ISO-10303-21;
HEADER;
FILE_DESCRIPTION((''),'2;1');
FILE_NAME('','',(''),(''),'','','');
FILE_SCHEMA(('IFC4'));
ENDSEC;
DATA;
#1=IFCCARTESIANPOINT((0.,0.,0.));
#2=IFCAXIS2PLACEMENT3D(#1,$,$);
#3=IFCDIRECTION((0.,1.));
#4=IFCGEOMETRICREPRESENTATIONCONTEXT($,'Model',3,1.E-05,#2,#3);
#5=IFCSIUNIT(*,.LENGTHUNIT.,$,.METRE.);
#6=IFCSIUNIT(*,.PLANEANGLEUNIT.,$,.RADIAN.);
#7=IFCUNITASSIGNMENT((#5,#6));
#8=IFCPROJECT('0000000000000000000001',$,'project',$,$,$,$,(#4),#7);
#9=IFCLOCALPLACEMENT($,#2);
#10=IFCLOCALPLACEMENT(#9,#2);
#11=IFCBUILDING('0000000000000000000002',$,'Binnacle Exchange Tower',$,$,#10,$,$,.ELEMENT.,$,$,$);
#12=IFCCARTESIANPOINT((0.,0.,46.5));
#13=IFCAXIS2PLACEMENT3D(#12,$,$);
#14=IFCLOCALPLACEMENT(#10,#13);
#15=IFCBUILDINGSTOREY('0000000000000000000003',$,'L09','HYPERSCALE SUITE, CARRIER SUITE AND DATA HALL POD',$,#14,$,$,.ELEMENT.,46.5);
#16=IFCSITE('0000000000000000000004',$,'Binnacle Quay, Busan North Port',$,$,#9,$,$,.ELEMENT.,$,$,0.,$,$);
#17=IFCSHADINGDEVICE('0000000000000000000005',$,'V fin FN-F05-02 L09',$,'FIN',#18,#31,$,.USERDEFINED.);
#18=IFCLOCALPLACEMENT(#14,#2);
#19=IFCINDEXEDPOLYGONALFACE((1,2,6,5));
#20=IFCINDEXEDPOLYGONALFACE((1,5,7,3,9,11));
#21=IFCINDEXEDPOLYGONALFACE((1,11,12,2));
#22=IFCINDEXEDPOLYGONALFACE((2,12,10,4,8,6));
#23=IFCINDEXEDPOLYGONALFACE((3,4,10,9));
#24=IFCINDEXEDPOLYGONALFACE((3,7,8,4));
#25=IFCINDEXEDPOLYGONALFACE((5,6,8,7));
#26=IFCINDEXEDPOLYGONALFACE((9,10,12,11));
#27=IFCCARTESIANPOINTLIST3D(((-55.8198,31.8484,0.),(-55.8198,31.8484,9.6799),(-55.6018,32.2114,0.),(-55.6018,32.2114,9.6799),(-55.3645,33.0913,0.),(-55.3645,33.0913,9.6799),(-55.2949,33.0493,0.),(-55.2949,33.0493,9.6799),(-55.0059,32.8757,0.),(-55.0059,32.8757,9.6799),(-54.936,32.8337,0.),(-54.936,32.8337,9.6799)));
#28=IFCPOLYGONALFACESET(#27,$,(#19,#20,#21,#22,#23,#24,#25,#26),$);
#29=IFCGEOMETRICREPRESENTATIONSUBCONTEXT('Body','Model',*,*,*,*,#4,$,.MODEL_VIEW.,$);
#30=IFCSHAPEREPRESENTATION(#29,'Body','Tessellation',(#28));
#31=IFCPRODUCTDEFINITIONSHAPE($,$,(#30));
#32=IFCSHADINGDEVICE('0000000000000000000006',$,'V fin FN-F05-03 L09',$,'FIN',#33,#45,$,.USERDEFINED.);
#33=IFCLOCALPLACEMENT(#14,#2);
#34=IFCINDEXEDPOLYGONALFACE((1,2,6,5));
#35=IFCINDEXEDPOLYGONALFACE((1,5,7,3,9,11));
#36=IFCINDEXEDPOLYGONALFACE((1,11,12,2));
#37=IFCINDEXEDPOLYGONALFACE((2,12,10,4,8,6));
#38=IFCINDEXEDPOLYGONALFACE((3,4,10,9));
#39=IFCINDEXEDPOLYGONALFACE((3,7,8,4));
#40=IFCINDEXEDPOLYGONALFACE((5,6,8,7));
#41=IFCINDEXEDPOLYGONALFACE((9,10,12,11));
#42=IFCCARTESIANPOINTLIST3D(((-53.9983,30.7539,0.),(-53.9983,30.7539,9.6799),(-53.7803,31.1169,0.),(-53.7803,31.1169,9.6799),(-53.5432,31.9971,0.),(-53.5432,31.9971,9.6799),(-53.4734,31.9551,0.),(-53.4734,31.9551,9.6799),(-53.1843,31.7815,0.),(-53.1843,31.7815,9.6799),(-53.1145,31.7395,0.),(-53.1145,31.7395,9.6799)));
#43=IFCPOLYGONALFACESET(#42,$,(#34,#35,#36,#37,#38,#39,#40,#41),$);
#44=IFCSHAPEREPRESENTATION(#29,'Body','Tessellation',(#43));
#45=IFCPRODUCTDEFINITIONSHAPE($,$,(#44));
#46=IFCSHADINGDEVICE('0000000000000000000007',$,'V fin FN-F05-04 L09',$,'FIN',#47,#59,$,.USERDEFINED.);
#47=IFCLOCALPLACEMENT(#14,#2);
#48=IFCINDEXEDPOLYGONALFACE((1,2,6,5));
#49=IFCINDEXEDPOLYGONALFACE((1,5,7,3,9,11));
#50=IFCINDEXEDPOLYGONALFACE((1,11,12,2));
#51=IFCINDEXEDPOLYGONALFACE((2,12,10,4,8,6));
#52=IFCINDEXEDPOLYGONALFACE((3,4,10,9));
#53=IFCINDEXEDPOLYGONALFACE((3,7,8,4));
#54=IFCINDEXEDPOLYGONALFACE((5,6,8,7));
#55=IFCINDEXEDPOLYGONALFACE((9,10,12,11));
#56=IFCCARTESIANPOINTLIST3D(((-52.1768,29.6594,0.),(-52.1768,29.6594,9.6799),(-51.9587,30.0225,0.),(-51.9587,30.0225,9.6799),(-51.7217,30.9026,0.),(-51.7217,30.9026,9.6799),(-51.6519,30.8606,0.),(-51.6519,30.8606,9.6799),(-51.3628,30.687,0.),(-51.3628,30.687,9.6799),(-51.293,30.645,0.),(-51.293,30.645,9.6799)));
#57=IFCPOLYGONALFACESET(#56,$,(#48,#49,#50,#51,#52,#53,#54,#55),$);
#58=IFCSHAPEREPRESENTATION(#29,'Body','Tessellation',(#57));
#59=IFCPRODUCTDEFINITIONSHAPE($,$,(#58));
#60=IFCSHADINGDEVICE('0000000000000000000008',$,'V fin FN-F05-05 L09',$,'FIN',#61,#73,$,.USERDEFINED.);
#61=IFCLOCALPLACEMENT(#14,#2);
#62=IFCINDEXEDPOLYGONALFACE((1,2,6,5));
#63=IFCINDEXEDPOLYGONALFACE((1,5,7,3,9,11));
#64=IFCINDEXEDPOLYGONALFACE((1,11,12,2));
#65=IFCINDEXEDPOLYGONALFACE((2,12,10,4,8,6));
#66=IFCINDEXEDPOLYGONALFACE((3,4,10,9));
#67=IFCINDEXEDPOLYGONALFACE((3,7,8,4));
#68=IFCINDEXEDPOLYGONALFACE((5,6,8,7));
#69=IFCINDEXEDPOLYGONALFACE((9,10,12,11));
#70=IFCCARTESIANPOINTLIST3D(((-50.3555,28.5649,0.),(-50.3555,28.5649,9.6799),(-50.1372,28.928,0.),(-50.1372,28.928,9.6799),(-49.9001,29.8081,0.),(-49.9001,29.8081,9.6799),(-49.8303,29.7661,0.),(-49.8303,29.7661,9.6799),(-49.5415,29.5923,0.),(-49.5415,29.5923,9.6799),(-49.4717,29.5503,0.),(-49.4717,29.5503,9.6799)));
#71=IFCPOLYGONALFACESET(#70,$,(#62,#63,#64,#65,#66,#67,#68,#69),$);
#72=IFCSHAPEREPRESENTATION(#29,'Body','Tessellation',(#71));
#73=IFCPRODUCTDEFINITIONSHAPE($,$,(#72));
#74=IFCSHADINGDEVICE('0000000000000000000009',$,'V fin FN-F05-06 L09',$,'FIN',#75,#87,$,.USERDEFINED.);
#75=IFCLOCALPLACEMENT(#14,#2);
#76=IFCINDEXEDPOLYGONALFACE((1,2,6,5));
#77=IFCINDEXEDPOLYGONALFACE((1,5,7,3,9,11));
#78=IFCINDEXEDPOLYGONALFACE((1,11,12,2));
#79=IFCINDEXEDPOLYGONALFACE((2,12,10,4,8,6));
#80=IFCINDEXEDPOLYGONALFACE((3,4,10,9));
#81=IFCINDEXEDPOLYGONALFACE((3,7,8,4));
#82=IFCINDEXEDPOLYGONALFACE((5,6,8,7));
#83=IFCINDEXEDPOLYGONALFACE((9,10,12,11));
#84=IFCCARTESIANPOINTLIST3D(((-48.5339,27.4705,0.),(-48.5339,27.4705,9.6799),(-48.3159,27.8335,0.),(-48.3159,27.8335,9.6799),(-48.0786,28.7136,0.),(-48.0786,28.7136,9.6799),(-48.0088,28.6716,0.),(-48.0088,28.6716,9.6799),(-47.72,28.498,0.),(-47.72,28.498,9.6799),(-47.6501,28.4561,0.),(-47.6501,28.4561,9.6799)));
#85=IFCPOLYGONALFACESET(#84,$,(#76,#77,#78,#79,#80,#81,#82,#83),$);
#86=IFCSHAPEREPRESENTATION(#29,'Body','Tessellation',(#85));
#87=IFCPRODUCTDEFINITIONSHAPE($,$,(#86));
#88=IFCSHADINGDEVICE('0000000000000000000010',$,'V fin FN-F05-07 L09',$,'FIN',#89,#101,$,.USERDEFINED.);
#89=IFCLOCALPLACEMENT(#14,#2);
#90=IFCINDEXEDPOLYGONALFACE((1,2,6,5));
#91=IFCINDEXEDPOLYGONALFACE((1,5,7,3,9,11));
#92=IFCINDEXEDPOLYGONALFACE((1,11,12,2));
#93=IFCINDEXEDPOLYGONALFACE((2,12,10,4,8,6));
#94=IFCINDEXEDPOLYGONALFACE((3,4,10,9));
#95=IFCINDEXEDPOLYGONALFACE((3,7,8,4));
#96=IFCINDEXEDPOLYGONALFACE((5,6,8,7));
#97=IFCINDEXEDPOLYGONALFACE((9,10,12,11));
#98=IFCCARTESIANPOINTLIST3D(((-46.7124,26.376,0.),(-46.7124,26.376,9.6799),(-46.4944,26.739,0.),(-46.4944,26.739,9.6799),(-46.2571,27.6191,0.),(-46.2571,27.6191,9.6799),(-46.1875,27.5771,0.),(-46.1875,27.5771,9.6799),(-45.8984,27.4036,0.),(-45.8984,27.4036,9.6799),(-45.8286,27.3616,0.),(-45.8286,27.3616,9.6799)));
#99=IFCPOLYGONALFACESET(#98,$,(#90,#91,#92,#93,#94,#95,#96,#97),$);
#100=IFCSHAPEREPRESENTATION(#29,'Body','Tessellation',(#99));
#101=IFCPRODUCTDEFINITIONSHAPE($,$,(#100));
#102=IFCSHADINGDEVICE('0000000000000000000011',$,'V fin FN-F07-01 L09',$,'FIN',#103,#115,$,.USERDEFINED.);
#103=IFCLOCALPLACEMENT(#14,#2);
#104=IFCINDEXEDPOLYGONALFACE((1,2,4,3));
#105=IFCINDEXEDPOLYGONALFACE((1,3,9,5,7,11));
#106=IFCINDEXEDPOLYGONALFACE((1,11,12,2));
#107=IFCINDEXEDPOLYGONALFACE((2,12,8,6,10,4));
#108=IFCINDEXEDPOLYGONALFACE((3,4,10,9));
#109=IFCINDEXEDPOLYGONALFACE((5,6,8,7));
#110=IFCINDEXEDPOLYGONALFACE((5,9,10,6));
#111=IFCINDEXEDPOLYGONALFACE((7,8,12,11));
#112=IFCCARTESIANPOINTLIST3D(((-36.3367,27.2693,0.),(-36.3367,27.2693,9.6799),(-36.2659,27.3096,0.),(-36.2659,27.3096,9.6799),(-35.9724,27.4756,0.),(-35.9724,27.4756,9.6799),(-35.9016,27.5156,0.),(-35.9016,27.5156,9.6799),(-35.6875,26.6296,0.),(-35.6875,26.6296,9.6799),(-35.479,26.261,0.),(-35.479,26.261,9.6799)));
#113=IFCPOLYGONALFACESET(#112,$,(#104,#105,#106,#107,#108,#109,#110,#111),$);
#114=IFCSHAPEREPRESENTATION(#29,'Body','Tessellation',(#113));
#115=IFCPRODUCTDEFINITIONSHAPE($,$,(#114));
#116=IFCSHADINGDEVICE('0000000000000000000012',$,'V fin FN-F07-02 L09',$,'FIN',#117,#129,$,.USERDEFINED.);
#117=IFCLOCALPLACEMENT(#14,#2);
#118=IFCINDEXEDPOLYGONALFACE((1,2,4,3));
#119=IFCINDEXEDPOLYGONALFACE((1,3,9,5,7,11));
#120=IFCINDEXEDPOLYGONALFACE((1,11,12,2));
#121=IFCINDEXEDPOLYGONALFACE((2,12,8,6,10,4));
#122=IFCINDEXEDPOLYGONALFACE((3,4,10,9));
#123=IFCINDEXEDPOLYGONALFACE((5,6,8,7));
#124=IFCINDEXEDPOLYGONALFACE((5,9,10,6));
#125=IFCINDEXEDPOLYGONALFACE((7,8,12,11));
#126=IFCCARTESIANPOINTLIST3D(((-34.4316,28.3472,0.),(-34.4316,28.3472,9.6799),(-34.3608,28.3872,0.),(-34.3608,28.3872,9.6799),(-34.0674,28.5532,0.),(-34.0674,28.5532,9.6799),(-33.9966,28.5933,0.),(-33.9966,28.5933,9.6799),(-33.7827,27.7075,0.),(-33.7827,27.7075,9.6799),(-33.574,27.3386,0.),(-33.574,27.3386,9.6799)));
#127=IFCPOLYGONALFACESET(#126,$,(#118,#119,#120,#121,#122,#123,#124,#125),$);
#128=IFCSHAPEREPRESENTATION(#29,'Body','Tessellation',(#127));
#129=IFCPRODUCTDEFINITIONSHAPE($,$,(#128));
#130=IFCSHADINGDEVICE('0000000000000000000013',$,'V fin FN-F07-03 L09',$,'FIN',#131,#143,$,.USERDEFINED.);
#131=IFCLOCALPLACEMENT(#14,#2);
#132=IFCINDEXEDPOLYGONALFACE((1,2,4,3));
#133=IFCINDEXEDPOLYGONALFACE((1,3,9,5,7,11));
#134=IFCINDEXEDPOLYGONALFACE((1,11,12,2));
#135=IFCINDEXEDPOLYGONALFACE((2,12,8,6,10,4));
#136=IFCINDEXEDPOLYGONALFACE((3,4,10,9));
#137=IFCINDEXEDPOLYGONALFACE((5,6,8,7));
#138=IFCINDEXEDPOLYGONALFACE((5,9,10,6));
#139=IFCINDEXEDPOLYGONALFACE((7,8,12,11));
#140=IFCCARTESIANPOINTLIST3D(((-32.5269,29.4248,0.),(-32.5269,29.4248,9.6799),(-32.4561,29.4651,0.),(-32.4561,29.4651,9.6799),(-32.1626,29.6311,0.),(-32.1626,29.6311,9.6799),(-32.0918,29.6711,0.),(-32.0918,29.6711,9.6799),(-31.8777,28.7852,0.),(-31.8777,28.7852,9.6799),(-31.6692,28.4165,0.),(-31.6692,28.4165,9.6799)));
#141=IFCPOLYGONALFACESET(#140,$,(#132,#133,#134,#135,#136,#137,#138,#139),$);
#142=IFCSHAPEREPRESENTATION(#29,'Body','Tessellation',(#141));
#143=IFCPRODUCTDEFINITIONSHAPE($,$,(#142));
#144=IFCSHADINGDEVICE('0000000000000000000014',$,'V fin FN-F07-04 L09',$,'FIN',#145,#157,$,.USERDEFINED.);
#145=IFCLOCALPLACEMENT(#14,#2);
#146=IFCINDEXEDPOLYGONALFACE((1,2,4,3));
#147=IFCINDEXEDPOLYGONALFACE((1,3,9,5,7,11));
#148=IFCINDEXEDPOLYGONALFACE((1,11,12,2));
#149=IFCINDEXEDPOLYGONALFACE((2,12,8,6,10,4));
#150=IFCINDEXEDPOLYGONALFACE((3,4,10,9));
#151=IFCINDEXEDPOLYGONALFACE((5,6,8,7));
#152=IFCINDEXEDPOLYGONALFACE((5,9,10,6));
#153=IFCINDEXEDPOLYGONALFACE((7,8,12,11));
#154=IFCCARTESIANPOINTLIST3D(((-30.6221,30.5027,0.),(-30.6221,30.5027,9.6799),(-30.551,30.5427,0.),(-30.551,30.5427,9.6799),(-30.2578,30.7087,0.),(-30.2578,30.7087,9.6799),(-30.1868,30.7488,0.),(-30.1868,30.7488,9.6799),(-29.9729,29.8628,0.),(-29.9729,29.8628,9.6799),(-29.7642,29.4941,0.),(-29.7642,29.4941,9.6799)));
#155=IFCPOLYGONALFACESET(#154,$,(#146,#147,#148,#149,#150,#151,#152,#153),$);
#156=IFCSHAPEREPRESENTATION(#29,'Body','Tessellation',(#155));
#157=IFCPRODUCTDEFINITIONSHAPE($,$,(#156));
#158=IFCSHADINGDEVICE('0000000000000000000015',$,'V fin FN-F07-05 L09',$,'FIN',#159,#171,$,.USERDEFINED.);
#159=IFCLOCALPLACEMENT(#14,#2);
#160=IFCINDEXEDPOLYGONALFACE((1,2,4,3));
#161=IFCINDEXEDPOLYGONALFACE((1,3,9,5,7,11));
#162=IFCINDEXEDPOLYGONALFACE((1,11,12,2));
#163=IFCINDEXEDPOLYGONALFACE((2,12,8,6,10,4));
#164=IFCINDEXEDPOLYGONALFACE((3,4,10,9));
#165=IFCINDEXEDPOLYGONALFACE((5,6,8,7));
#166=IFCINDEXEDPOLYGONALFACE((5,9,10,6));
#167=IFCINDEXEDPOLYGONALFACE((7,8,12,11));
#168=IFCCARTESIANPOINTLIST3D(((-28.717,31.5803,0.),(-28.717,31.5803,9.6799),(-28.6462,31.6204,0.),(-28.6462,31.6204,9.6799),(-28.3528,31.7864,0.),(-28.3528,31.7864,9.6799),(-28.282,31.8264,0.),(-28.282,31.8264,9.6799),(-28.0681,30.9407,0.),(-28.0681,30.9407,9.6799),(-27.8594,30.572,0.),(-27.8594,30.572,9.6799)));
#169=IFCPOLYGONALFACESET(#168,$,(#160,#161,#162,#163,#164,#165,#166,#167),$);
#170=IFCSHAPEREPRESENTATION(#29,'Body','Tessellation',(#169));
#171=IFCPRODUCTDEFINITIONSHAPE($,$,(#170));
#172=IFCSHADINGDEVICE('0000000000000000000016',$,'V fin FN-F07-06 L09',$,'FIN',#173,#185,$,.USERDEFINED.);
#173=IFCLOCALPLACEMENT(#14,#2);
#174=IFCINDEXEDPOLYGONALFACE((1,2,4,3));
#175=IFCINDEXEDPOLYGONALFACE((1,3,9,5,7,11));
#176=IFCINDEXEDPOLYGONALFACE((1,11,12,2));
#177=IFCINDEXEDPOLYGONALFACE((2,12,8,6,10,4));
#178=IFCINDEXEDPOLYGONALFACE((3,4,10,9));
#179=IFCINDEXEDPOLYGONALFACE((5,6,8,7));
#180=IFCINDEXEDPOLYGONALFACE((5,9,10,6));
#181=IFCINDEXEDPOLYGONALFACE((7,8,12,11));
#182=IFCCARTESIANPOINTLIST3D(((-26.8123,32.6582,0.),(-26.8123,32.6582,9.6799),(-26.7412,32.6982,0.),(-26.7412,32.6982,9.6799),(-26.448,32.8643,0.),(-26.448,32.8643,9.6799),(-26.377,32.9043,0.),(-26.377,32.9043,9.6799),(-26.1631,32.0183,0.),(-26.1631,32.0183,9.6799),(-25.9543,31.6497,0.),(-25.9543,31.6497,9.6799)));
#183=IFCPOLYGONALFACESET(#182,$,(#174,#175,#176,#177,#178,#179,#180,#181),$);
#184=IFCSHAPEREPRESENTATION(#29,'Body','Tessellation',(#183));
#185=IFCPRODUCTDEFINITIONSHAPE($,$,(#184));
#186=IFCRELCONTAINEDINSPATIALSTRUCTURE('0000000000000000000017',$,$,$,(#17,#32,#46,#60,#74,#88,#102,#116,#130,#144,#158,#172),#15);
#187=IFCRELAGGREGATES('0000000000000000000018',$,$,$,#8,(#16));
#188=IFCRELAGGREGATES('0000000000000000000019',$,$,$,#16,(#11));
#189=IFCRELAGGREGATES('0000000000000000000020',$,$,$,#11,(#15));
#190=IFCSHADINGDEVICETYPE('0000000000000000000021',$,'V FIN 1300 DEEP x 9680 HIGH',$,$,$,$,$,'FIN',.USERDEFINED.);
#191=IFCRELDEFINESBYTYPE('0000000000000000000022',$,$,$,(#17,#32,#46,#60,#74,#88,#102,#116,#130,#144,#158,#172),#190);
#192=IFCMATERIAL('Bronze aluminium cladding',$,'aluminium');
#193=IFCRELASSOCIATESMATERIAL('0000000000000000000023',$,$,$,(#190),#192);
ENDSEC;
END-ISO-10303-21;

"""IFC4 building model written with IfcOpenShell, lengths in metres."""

from ifc_helpers import new_model, si_unit, direction, frame, origin, place, context, subcontext, project, spatial, polyline, outline, extrude, material, type_object, element, save


model = new_model("IFC4")

# Units and contexts
model_context = context("Model", 3, precision=1e-05, world=origin(), true_north=direction((0.0, 1.0)))
body_context = subcontext(model_context, "Body", "Model", "MODEL_VIEW")
ifc_project = project(units=[si_unit("LENGTHUNIT", "METRE"), si_unit("PLANEANGLEUNIT", "RADIAN")], contexts=[model_context])

# Site, building, storey
site_placement = place(None, origin())
site = spatial("IfcSite", under=ifc_project, at=site_placement, Name="Binnacle Quay, Busan North Port", CompositionType="ELEMENT", RefElevation=0.0)
building_placement = place(site_placement, origin())
building = spatial("IfcBuilding", under=site, at=building_placement, Name="Binnacle Exchange Tower", CompositionType="ELEMENT")
storey_placement = place(building_placement, frame((0.0, 0.0, 46.5)))
storey = spatial("IfcBuildingStorey", under=building, at=storey_placement, Name="L09", Description="HYPERSCALE SUITE, CARRIER SUITE AND DATA HALL POD", CompositionType="ELEMENT", Elevation=46.5)

# Shading devices
ifc_material = material(Name="Bronze aluminium cladding", Category="aluminium")
shading_device_type = type_object("IfcShadingDeviceType", Name="V FIN 1300 DEEP x 9680 HIGH", ElementType="FIN", PredefinedType="USERDEFINED", material=ifc_material)
shading_device_1_placement = place(storey_placement, origin())
element("IfcShadingDevice", 1, at=shading_device_1_placement, inside=storey, type_object=shading_device_type, Name="V fin FN-F05-02 L09", ObjectType="FIN", PredefinedType="USERDEFINED", context=body_context, shape_type="SweptSolid", body=[
    extrude(outline(polyline([(-55.3645, 33.0913), (-55.8198, 31.8484), (-54.936, 32.8337), (-55.0059, 32.8757), (-55.6018, 32.2114), (-55.2949, 33.0493), (-55.3645, 33.0913)])), origin(), (0.0, 0.0, 1.0), 9.6799),
])
shading_device_2_placement = place(storey_placement, origin())
element("IfcShadingDevice", 2, at=shading_device_2_placement, inside=storey, type_object=shading_device_type, Name="V fin FN-F05-03 L09", ObjectType="FIN", PredefinedType="USERDEFINED", context=body_context, shape_type="SweptSolid", body=[
    extrude(outline(polyline([(-53.5432, 31.9971), (-53.9983, 30.7539), (-53.1145, 31.7395), (-53.1843, 31.7815), (-53.7803, 31.1169), (-53.4734, 31.9551), (-53.5432, 31.9971)])), origin(), (0.0, 0.0, 1.0), 9.6799),
])
shading_device_3_placement = place(storey_placement, origin())
element("IfcShadingDevice", 3, at=shading_device_3_placement, inside=storey, type_object=shading_device_type, Name="V fin FN-F05-04 L09", ObjectType="FIN", PredefinedType="USERDEFINED", context=body_context, shape_type="SweptSolid", body=[
    extrude(outline(polyline([(-51.7217, 30.9026), (-52.1768, 29.6594), (-51.293, 30.645), (-51.3628, 30.687), (-51.9587, 30.0225), (-51.6519, 30.8606), (-51.7217, 30.9026)])), origin(), (0.0, 0.0, 1.0), 9.6799),
])
shading_device_4_placement = place(storey_placement, origin())
element("IfcShadingDevice", 4, at=shading_device_4_placement, inside=storey, type_object=shading_device_type, Name="V fin FN-F05-05 L09", ObjectType="FIN", PredefinedType="USERDEFINED", context=body_context, shape_type="SweptSolid", body=[
    extrude(outline(polyline([(-49.9001, 29.8081), (-50.3555, 28.5649), (-49.4717, 29.5503), (-49.5415, 29.5923), (-50.1372, 28.928), (-49.8303, 29.7661), (-49.9001, 29.8081)])), origin(), (0.0, 0.0, 1.0), 9.6799),
])
shading_device_5_placement = place(storey_placement, origin())
element("IfcShadingDevice", 5, at=shading_device_5_placement, inside=storey, type_object=shading_device_type, Name="V fin FN-F05-06 L09", ObjectType="FIN", PredefinedType="USERDEFINED", context=body_context, shape_type="SweptSolid", body=[
    extrude(outline(polyline([(-48.0786, 28.7136), (-48.5339, 27.4705), (-47.6501, 28.4561), (-47.72, 28.498), (-48.3159, 27.8335), (-48.0088, 28.6716), (-48.0786, 28.7136)])), origin(), (0.0, 0.0, 1.0), 9.6799),
])
shading_device_6_placement = place(storey_placement, origin())
element("IfcShadingDevice", 6, at=shading_device_6_placement, inside=storey, type_object=shading_device_type, Name="V fin FN-F05-07 L09", ObjectType="FIN", PredefinedType="USERDEFINED", context=body_context, shape_type="SweptSolid", body=[
    extrude(outline(polyline([(-46.2571, 27.6191), (-46.7124, 26.376), (-45.8286, 27.3616), (-45.8984, 27.4036), (-46.4944, 26.739), (-46.1875, 27.5771), (-46.2571, 27.6191)])), origin(), (0.0, 0.0, 1.0), 9.6799),
])
shading_device_7_placement = place(storey_placement, origin())
element("IfcShadingDevice", 7, at=shading_device_7_placement, inside=storey, type_object=shading_device_type, Name="V fin FN-F07-01 L09", ObjectType="FIN", PredefinedType="USERDEFINED", context=body_context, shape_type="SweptSolid", body=[
    extrude(outline(polyline([(-36.3367, 27.2693), (-35.479, 26.261), (-35.9016, 27.5156), (-35.9724, 27.4756), (-35.6875, 26.6296), (-36.2659, 27.3096), (-36.3367, 27.2693)])), origin(), (0.0, 0.0, 1.0), 9.6799),
])
shading_device_8_placement = place(storey_placement, origin())
element("IfcShadingDevice", 8, at=shading_device_8_placement, inside=storey, type_object=shading_device_type, Name="V fin FN-F07-02 L09", ObjectType="FIN", PredefinedType="USERDEFINED", context=body_context, shape_type="SweptSolid", body=[
    extrude(outline(polyline([(-34.4316, 28.3472), (-33.574, 27.3386), (-33.9966, 28.5933), (-34.0674, 28.5532), (-33.7827, 27.7075), (-34.3608, 28.3872), (-34.4316, 28.3472)])), origin(), (0.0, 0.0, 1.0), 9.6799),
])
shading_device_9_placement = place(storey_placement, origin())
element("IfcShadingDevice", 9, at=shading_device_9_placement, inside=storey, type_object=shading_device_type, Name="V fin FN-F07-03 L09", ObjectType="FIN", PredefinedType="USERDEFINED", context=body_context, shape_type="SweptSolid", body=[
    extrude(outline(polyline([(-32.5269, 29.4248), (-31.6692, 28.4165), (-32.0918, 29.6711), (-32.1626, 29.6311), (-31.8777, 28.7852), (-32.4561, 29.4651), (-32.5269, 29.4248)])), origin(), (0.0, 0.0, 1.0), 9.6799),
])
shading_device_10_placement = place(storey_placement, origin())
element("IfcShadingDevice", 10, at=shading_device_10_placement, inside=storey, type_object=shading_device_type, Name="V fin FN-F07-04 L09", ObjectType="FIN", PredefinedType="USERDEFINED", context=body_context, shape_type="SweptSolid", body=[
    extrude(outline(polyline([(-30.6221, 30.5027), (-29.7642, 29.4941), (-30.1868, 30.7488), (-30.2578, 30.7087), (-29.9729, 29.8628), (-30.551, 30.5427), (-30.6221, 30.5027)])), origin(), (0.0, 0.0, 1.0), 9.6799),
])
shading_device_11_placement = place(storey_placement, origin())
element("IfcShadingDevice", 11, at=shading_device_11_placement, inside=storey, type_object=shading_device_type, Name="V fin FN-F07-05 L09", ObjectType="FIN", PredefinedType="USERDEFINED", context=body_context, shape_type="SweptSolid", body=[
    extrude(outline(polyline([(-28.717, 31.5803), (-27.8594, 30.572), (-28.282, 31.8264), (-28.3528, 31.7864), (-28.0681, 30.9407), (-28.6462, 31.6204), (-28.717, 31.5803)])), origin(), (0.0, 0.0, 1.0), 9.6799),
])
shading_device_12_placement = place(storey_placement, origin())
element("IfcShadingDevice", 12, at=shading_device_12_placement, inside=storey, type_object=shading_device_type, Name="V fin FN-F07-06 L09", ObjectType="FIN", PredefinedType="USERDEFINED", context=body_context, shape_type="SweptSolid", body=[
    extrude(outline(polyline([(-26.8123, 32.6582), (-25.9543, 31.6497), (-26.377, 32.9043), (-26.448, 32.8643), (-26.1631, 32.0183), (-26.7412, 32.6982), (-26.8123, 32.6582)])), origin(), (0.0, 0.0, 1.0), 9.6799),
])

save(model, "model.ifc")
